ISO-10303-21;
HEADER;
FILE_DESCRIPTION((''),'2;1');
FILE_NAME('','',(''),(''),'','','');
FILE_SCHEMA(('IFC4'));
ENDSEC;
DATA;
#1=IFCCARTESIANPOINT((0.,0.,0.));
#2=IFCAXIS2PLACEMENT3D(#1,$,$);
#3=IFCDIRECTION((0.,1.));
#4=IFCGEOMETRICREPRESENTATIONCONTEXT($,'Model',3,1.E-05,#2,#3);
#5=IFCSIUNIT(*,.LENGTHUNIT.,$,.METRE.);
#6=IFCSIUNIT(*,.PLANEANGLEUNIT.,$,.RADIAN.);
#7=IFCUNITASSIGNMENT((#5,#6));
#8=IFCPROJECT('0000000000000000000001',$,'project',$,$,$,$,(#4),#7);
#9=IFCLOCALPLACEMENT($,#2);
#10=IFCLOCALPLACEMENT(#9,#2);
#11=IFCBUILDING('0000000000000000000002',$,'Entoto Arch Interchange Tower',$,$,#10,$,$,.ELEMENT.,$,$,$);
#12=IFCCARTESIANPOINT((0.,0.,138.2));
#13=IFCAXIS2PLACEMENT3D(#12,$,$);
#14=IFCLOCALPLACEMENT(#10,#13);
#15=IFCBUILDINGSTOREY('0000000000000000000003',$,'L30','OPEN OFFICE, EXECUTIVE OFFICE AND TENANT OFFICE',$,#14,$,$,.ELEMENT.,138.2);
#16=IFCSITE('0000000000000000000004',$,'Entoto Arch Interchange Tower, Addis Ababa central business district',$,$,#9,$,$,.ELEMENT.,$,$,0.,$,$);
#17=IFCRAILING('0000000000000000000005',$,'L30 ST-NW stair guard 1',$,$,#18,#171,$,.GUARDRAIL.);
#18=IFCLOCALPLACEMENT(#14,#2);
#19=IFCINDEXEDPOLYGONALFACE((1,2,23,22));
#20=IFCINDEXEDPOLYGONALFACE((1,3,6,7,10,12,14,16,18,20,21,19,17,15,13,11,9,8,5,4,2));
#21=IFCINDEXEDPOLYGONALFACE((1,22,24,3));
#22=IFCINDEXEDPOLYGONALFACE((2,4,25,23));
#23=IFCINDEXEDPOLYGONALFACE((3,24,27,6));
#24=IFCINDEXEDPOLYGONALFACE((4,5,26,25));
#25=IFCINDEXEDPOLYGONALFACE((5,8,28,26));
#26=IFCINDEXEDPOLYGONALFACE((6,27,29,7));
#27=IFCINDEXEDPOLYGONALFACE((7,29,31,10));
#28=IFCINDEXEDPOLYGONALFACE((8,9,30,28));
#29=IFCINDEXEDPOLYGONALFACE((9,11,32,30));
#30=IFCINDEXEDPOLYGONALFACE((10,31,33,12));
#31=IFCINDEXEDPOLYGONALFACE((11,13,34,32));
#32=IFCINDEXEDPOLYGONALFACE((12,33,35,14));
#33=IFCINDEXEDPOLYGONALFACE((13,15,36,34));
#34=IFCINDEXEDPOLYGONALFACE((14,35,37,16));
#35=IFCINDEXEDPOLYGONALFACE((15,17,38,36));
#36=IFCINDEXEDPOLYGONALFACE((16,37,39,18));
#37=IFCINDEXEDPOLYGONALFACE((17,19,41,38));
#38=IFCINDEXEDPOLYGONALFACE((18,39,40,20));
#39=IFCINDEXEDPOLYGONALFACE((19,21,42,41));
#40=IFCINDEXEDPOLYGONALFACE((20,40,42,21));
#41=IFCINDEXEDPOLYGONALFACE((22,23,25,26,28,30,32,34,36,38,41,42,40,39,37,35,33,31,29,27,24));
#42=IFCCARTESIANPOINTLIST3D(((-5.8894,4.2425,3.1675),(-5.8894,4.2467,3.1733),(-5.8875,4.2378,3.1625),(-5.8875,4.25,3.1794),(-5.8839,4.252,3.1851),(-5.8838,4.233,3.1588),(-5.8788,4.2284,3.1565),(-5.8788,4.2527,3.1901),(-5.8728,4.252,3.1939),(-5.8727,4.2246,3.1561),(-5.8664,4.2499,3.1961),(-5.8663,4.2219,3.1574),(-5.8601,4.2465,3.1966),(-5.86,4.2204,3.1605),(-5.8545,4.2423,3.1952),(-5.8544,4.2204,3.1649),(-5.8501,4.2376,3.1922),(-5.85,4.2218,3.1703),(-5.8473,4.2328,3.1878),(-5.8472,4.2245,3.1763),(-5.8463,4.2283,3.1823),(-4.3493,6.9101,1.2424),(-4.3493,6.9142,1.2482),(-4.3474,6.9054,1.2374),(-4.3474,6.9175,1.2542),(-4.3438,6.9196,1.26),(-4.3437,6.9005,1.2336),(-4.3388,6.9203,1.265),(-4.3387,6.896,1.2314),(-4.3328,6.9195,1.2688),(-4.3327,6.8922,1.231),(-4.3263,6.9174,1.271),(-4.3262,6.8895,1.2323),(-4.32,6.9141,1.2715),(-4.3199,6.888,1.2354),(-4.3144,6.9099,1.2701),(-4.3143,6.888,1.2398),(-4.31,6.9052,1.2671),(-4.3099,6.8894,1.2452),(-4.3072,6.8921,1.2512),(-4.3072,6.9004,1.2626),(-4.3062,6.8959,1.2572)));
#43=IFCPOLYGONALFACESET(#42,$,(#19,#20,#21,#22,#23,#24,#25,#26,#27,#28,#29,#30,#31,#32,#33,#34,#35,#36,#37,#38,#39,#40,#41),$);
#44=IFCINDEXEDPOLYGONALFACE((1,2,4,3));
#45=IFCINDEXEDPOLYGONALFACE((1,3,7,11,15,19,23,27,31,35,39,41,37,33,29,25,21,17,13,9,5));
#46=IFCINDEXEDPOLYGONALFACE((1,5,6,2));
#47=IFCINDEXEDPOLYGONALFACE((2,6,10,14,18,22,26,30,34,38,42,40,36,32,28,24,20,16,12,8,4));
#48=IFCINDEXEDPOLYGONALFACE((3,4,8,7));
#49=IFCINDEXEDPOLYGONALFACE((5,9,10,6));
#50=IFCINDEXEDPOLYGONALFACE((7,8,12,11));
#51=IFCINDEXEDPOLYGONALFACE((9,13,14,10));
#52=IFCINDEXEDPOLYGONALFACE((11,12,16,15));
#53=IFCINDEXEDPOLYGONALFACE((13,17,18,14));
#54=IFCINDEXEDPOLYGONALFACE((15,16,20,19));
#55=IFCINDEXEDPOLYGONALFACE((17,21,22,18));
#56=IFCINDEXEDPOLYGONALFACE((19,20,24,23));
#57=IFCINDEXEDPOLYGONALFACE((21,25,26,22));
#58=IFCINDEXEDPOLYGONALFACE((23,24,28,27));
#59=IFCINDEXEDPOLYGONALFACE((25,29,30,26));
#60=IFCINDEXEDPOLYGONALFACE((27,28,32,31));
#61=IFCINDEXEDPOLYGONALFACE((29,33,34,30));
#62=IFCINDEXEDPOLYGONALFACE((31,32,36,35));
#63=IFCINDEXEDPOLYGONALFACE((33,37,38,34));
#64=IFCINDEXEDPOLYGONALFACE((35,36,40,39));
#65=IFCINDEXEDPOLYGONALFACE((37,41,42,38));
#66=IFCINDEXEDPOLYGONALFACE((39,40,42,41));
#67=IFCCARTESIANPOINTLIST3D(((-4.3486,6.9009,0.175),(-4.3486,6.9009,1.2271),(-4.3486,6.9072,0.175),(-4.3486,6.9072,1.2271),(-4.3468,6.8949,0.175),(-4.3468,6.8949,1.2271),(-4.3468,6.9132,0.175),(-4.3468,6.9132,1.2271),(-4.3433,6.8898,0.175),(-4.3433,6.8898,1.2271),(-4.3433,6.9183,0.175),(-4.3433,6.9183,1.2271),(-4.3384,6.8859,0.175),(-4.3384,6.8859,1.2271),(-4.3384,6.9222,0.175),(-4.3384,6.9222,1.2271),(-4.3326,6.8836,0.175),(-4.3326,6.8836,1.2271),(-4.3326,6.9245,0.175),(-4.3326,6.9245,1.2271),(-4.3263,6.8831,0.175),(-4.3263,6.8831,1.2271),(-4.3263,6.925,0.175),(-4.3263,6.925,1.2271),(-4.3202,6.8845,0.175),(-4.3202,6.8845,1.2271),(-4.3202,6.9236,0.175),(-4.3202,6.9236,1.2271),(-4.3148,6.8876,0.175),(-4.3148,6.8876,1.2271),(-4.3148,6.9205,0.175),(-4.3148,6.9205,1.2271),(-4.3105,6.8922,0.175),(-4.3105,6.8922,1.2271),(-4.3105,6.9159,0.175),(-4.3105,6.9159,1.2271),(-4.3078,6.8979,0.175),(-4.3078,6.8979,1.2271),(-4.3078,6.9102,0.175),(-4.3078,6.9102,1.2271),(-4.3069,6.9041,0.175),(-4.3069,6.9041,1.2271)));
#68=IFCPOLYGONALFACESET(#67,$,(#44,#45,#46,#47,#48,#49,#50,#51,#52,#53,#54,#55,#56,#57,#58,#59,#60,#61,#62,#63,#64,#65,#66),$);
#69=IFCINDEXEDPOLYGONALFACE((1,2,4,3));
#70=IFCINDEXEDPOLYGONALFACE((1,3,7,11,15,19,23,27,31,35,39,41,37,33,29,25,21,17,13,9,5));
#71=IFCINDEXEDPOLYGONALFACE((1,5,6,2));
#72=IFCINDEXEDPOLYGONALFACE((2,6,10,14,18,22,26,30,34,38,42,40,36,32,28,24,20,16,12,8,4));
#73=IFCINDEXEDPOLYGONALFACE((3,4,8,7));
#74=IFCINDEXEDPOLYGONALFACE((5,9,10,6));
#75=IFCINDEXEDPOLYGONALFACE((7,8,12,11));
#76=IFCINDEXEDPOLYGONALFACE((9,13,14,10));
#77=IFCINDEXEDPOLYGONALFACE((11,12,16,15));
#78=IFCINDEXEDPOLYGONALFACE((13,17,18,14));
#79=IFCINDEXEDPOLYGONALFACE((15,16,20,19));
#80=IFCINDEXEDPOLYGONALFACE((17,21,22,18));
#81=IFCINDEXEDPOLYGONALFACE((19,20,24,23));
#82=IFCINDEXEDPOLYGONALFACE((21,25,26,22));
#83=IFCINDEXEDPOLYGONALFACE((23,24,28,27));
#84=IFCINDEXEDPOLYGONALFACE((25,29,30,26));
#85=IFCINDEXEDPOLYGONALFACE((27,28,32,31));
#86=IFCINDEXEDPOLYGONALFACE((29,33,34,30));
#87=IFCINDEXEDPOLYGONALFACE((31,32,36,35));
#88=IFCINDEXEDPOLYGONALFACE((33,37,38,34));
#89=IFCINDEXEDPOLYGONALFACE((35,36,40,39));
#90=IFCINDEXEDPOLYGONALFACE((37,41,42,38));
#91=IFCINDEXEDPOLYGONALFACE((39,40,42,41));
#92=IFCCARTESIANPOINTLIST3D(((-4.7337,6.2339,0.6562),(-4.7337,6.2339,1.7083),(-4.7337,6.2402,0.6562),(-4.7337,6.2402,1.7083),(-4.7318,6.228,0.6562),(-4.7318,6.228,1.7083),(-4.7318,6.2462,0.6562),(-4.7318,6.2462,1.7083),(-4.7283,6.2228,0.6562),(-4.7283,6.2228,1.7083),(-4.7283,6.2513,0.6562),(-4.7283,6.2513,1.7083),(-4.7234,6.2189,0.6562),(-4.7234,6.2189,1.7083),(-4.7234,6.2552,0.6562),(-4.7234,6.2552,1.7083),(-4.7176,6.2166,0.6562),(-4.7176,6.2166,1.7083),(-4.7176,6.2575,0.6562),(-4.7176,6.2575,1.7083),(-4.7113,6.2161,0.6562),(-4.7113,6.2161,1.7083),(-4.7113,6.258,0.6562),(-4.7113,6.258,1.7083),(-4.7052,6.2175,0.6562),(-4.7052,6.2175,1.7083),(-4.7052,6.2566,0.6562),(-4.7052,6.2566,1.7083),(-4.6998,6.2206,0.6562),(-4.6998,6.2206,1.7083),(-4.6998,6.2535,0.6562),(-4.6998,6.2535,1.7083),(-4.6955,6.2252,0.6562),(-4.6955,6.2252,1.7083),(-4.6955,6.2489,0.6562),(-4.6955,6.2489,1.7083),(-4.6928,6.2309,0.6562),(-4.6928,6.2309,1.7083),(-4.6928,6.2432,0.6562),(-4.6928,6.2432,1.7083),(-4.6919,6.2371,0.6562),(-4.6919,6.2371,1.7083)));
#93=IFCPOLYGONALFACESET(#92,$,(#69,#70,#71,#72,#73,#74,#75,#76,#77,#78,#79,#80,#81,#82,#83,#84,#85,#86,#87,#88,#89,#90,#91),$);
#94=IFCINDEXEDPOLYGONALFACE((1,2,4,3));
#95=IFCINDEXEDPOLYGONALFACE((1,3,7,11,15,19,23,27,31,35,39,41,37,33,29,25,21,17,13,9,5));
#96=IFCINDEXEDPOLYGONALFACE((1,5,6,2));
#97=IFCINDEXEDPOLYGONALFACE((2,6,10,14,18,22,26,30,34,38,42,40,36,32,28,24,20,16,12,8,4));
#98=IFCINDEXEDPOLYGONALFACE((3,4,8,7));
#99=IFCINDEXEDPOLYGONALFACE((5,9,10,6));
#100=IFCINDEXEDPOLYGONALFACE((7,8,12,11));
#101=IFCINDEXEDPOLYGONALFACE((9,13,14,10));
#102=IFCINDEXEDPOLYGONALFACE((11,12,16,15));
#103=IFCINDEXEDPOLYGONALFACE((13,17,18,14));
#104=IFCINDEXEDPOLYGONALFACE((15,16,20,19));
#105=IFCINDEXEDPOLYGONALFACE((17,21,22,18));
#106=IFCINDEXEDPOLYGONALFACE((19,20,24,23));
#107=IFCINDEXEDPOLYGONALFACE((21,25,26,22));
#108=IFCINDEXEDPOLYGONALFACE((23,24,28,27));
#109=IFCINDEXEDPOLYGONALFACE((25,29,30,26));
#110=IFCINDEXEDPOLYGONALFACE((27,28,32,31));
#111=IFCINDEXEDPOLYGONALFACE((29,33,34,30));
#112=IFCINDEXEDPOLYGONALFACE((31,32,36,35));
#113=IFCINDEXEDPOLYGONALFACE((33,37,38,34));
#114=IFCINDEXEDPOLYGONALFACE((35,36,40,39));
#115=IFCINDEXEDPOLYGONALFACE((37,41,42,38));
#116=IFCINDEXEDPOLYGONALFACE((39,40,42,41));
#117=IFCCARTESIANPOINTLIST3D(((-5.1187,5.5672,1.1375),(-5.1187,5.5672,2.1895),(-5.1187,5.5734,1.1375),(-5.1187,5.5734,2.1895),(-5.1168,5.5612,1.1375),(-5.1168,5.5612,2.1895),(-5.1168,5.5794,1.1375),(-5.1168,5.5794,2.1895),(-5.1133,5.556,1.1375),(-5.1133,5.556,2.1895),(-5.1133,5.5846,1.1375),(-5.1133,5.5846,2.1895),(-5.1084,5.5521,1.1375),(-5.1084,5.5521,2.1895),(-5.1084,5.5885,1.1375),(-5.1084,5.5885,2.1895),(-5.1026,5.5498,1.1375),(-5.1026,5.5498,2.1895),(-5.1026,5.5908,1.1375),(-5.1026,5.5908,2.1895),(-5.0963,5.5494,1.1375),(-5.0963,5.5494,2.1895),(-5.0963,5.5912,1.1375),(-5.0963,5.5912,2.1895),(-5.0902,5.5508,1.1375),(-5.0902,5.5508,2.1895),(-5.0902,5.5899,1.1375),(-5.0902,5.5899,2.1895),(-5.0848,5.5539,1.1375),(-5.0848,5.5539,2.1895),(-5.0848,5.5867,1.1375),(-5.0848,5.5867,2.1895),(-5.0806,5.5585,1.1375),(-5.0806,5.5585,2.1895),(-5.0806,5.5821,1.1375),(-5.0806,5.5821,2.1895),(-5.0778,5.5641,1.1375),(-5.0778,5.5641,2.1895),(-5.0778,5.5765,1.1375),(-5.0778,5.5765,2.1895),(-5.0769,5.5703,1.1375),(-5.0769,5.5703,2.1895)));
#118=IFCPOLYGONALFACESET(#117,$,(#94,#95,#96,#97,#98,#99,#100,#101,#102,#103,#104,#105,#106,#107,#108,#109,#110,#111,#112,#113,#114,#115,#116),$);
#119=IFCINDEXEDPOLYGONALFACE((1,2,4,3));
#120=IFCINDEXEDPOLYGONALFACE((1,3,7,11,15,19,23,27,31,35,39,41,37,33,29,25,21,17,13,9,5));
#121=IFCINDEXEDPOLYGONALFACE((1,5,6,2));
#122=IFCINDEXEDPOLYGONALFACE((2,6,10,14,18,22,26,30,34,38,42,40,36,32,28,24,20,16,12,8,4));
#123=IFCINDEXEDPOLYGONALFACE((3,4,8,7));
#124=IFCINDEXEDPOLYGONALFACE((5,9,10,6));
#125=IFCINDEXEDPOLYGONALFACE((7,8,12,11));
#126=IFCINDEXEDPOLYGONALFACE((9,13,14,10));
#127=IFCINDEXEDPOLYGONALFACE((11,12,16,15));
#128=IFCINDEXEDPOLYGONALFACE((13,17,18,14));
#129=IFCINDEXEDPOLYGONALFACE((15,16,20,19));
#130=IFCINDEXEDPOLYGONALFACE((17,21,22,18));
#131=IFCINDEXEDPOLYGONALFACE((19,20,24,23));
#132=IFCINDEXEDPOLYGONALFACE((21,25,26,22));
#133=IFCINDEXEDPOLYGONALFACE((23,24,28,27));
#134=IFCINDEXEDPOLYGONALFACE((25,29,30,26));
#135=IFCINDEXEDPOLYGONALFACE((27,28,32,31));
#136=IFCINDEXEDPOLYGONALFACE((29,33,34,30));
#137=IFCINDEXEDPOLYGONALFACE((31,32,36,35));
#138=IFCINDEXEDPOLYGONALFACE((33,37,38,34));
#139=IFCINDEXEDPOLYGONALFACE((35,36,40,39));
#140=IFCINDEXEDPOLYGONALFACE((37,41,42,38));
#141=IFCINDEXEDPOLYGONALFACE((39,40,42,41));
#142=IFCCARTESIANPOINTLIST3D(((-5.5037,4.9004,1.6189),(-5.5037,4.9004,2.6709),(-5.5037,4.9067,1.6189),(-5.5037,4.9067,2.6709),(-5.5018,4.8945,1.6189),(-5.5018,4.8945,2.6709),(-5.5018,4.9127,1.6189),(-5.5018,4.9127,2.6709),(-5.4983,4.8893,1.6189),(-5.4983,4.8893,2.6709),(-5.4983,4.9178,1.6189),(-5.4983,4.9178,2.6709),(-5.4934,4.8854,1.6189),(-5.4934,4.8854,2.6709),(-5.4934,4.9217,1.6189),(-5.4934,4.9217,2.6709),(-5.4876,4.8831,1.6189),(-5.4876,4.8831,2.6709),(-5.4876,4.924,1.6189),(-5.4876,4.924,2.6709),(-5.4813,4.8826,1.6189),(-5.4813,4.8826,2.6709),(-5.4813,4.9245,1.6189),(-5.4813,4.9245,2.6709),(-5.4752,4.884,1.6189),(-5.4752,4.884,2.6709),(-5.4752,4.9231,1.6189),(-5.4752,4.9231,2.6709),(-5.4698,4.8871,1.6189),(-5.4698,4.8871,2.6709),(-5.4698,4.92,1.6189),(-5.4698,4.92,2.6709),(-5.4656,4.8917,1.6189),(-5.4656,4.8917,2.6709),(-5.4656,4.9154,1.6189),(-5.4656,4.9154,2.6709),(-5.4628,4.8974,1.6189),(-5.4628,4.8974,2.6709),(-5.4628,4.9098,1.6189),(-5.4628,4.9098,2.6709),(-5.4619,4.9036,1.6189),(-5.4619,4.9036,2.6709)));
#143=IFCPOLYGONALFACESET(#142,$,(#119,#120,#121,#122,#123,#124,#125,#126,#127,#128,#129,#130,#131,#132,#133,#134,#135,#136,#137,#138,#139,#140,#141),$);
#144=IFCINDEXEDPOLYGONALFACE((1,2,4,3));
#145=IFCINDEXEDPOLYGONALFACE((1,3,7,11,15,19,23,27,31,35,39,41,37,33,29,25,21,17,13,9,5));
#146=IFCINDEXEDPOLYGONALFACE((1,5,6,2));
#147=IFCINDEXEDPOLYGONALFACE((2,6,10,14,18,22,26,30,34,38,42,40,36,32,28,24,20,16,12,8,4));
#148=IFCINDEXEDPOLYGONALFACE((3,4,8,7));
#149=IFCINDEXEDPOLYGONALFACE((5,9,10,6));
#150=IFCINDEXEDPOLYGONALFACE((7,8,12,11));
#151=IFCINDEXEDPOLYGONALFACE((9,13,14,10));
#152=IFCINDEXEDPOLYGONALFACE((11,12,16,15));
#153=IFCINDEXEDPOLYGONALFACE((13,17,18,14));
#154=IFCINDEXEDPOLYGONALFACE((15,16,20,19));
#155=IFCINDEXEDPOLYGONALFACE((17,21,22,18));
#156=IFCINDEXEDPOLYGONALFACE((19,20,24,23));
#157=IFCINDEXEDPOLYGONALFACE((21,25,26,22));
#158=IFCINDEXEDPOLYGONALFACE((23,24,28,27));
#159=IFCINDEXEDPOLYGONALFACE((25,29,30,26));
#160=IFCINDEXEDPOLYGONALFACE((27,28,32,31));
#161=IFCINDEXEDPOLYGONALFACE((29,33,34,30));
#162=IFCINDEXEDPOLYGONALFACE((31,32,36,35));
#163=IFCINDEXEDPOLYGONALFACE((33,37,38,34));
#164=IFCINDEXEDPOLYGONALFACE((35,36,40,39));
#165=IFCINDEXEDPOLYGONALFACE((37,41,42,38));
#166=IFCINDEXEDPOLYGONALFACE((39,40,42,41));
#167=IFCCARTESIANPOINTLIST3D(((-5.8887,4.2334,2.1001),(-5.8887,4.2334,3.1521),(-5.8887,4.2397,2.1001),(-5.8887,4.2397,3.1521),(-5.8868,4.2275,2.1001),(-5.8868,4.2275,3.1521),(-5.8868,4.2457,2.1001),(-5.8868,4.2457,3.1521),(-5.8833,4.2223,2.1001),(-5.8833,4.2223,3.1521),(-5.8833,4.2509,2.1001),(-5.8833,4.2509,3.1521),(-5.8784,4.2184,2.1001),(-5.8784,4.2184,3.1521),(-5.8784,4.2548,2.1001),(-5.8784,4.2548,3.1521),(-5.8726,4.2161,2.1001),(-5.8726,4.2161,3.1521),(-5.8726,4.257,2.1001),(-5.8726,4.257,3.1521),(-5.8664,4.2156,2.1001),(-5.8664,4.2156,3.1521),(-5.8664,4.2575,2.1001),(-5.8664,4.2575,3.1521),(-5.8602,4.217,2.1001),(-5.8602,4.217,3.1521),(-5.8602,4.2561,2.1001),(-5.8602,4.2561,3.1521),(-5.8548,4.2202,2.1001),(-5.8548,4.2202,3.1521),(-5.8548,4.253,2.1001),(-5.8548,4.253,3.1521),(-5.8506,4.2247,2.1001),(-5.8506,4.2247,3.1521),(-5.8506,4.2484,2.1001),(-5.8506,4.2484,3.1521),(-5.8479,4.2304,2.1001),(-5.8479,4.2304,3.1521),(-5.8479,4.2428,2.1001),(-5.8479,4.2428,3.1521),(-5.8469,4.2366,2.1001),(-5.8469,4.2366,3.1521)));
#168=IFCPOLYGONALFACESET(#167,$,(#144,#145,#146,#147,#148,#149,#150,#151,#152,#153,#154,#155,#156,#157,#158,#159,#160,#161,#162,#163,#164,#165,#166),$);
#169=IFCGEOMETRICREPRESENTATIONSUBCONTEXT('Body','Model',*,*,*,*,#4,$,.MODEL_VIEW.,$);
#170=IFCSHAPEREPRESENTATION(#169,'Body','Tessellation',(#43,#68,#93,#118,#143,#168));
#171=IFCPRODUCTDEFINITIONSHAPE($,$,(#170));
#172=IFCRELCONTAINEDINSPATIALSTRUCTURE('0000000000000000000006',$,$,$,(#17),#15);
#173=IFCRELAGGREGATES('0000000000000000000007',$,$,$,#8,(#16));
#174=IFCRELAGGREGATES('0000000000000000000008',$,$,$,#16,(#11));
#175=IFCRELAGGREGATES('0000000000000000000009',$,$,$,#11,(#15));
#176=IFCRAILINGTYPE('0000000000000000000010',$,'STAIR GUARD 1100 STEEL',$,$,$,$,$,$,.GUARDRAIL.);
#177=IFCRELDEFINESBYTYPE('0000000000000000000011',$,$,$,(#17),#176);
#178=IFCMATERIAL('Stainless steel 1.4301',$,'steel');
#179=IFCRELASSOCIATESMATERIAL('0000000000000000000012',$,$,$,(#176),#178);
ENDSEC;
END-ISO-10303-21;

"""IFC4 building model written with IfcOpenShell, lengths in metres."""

from ifc_helpers import new_model, si_unit, direction, frame, origin, origin_2d, place, context, subcontext, project, spatial, circle, extrude, material, type_object, element, save


model = new_model("IFC4")

# Units and contexts
model_context = context("Model", 3, precision=1e-05, world=origin(), true_north=direction((0.0, 1.0)))
body_context = subcontext(model_context, "Body", "Model", "MODEL_VIEW")
ifc_project = project(units=[si_unit("LENGTHUNIT", "METRE"), si_unit("PLANEANGLEUNIT", "RADIAN")], contexts=[model_context])

# Site, building, storey
site_placement = place(None, origin())
site = spatial("IfcSite", under=ifc_project, at=site_placement, Name="Entoto Arch Interchange Tower, Addis Ababa central business district", CompositionType="ELEMENT", RefElevation=0.0)
building_placement = place(site_placement, origin())
building = spatial("IfcBuilding", under=site, at=building_placement, Name="Entoto Arch Interchange Tower", CompositionType="ELEMENT")
storey_placement = place(building_placement, frame((0.0, 0.0, 138.2)))
storey = spatial("IfcBuildingStorey", under=building, at=storey_placement, Name="L30", Description="OPEN OFFICE, EXECUTIVE OFFICE AND TENANT OFFICE", CompositionType="ELEMENT", Elevation=138.2)

# Railing
ifc_material_1 = material(Name="Stainless steel 1.4301", Category="steel")
railing_type_1 = type_object("IfcRailingType", Name="STAIR GUARD 1100 STEEL", PredefinedType="GUARDRAIL", material=ifc_material_1)
railing_1_placement = place(storey_placement, frame((-4.3279, 6.9041, 0.175)))
element("IfcRailing", 1, at=railing_1_placement, inside=storey, type_object=railing_type_1, Name="L30 ST-NW stair guard 1", PredefinedType="GUARDRAIL", context=body_context, shape_type="SweptSolid", body=[
    extrude(circle(Radius=0.0239, at=origin_2d()), frame((0.0, 0.0, 1.0762), z_axis=(-0.423994, -0.734395, 0.529993), x_axis=(0.86603, -0.499992, 0.0)), (0.0, 0.0, 1.0), 3.6323),
    extrude(circle(Radius=0.021, at=origin_2d()), origin(), (0.0, 0.0, 1.0), 1.052),
    extrude(circle(Radius=0.021, at=origin_2d()), frame((-0.385, -0.667, 0.4812)), (0.0, 0.0, 1.0), 1.052),
    extrude(circle(Radius=0.021, at=origin_2d()), frame((-0.77, -1.3337, 0.9624)), (0.0, 0.0, 1.0), 1.052),
    extrude(circle(Radius=0.021, at=origin_2d()), frame((-1.155, -2.0005, 1.4438)), (0.0, 0.0, 1.0), 1.052),
    extrude(circle(Radius=0.021, at=origin_2d()), frame((-1.54, -2.6675, 1.925)), (0.0, 0.0, 1.0), 1.052),
])

save(model, "model.ifc")
